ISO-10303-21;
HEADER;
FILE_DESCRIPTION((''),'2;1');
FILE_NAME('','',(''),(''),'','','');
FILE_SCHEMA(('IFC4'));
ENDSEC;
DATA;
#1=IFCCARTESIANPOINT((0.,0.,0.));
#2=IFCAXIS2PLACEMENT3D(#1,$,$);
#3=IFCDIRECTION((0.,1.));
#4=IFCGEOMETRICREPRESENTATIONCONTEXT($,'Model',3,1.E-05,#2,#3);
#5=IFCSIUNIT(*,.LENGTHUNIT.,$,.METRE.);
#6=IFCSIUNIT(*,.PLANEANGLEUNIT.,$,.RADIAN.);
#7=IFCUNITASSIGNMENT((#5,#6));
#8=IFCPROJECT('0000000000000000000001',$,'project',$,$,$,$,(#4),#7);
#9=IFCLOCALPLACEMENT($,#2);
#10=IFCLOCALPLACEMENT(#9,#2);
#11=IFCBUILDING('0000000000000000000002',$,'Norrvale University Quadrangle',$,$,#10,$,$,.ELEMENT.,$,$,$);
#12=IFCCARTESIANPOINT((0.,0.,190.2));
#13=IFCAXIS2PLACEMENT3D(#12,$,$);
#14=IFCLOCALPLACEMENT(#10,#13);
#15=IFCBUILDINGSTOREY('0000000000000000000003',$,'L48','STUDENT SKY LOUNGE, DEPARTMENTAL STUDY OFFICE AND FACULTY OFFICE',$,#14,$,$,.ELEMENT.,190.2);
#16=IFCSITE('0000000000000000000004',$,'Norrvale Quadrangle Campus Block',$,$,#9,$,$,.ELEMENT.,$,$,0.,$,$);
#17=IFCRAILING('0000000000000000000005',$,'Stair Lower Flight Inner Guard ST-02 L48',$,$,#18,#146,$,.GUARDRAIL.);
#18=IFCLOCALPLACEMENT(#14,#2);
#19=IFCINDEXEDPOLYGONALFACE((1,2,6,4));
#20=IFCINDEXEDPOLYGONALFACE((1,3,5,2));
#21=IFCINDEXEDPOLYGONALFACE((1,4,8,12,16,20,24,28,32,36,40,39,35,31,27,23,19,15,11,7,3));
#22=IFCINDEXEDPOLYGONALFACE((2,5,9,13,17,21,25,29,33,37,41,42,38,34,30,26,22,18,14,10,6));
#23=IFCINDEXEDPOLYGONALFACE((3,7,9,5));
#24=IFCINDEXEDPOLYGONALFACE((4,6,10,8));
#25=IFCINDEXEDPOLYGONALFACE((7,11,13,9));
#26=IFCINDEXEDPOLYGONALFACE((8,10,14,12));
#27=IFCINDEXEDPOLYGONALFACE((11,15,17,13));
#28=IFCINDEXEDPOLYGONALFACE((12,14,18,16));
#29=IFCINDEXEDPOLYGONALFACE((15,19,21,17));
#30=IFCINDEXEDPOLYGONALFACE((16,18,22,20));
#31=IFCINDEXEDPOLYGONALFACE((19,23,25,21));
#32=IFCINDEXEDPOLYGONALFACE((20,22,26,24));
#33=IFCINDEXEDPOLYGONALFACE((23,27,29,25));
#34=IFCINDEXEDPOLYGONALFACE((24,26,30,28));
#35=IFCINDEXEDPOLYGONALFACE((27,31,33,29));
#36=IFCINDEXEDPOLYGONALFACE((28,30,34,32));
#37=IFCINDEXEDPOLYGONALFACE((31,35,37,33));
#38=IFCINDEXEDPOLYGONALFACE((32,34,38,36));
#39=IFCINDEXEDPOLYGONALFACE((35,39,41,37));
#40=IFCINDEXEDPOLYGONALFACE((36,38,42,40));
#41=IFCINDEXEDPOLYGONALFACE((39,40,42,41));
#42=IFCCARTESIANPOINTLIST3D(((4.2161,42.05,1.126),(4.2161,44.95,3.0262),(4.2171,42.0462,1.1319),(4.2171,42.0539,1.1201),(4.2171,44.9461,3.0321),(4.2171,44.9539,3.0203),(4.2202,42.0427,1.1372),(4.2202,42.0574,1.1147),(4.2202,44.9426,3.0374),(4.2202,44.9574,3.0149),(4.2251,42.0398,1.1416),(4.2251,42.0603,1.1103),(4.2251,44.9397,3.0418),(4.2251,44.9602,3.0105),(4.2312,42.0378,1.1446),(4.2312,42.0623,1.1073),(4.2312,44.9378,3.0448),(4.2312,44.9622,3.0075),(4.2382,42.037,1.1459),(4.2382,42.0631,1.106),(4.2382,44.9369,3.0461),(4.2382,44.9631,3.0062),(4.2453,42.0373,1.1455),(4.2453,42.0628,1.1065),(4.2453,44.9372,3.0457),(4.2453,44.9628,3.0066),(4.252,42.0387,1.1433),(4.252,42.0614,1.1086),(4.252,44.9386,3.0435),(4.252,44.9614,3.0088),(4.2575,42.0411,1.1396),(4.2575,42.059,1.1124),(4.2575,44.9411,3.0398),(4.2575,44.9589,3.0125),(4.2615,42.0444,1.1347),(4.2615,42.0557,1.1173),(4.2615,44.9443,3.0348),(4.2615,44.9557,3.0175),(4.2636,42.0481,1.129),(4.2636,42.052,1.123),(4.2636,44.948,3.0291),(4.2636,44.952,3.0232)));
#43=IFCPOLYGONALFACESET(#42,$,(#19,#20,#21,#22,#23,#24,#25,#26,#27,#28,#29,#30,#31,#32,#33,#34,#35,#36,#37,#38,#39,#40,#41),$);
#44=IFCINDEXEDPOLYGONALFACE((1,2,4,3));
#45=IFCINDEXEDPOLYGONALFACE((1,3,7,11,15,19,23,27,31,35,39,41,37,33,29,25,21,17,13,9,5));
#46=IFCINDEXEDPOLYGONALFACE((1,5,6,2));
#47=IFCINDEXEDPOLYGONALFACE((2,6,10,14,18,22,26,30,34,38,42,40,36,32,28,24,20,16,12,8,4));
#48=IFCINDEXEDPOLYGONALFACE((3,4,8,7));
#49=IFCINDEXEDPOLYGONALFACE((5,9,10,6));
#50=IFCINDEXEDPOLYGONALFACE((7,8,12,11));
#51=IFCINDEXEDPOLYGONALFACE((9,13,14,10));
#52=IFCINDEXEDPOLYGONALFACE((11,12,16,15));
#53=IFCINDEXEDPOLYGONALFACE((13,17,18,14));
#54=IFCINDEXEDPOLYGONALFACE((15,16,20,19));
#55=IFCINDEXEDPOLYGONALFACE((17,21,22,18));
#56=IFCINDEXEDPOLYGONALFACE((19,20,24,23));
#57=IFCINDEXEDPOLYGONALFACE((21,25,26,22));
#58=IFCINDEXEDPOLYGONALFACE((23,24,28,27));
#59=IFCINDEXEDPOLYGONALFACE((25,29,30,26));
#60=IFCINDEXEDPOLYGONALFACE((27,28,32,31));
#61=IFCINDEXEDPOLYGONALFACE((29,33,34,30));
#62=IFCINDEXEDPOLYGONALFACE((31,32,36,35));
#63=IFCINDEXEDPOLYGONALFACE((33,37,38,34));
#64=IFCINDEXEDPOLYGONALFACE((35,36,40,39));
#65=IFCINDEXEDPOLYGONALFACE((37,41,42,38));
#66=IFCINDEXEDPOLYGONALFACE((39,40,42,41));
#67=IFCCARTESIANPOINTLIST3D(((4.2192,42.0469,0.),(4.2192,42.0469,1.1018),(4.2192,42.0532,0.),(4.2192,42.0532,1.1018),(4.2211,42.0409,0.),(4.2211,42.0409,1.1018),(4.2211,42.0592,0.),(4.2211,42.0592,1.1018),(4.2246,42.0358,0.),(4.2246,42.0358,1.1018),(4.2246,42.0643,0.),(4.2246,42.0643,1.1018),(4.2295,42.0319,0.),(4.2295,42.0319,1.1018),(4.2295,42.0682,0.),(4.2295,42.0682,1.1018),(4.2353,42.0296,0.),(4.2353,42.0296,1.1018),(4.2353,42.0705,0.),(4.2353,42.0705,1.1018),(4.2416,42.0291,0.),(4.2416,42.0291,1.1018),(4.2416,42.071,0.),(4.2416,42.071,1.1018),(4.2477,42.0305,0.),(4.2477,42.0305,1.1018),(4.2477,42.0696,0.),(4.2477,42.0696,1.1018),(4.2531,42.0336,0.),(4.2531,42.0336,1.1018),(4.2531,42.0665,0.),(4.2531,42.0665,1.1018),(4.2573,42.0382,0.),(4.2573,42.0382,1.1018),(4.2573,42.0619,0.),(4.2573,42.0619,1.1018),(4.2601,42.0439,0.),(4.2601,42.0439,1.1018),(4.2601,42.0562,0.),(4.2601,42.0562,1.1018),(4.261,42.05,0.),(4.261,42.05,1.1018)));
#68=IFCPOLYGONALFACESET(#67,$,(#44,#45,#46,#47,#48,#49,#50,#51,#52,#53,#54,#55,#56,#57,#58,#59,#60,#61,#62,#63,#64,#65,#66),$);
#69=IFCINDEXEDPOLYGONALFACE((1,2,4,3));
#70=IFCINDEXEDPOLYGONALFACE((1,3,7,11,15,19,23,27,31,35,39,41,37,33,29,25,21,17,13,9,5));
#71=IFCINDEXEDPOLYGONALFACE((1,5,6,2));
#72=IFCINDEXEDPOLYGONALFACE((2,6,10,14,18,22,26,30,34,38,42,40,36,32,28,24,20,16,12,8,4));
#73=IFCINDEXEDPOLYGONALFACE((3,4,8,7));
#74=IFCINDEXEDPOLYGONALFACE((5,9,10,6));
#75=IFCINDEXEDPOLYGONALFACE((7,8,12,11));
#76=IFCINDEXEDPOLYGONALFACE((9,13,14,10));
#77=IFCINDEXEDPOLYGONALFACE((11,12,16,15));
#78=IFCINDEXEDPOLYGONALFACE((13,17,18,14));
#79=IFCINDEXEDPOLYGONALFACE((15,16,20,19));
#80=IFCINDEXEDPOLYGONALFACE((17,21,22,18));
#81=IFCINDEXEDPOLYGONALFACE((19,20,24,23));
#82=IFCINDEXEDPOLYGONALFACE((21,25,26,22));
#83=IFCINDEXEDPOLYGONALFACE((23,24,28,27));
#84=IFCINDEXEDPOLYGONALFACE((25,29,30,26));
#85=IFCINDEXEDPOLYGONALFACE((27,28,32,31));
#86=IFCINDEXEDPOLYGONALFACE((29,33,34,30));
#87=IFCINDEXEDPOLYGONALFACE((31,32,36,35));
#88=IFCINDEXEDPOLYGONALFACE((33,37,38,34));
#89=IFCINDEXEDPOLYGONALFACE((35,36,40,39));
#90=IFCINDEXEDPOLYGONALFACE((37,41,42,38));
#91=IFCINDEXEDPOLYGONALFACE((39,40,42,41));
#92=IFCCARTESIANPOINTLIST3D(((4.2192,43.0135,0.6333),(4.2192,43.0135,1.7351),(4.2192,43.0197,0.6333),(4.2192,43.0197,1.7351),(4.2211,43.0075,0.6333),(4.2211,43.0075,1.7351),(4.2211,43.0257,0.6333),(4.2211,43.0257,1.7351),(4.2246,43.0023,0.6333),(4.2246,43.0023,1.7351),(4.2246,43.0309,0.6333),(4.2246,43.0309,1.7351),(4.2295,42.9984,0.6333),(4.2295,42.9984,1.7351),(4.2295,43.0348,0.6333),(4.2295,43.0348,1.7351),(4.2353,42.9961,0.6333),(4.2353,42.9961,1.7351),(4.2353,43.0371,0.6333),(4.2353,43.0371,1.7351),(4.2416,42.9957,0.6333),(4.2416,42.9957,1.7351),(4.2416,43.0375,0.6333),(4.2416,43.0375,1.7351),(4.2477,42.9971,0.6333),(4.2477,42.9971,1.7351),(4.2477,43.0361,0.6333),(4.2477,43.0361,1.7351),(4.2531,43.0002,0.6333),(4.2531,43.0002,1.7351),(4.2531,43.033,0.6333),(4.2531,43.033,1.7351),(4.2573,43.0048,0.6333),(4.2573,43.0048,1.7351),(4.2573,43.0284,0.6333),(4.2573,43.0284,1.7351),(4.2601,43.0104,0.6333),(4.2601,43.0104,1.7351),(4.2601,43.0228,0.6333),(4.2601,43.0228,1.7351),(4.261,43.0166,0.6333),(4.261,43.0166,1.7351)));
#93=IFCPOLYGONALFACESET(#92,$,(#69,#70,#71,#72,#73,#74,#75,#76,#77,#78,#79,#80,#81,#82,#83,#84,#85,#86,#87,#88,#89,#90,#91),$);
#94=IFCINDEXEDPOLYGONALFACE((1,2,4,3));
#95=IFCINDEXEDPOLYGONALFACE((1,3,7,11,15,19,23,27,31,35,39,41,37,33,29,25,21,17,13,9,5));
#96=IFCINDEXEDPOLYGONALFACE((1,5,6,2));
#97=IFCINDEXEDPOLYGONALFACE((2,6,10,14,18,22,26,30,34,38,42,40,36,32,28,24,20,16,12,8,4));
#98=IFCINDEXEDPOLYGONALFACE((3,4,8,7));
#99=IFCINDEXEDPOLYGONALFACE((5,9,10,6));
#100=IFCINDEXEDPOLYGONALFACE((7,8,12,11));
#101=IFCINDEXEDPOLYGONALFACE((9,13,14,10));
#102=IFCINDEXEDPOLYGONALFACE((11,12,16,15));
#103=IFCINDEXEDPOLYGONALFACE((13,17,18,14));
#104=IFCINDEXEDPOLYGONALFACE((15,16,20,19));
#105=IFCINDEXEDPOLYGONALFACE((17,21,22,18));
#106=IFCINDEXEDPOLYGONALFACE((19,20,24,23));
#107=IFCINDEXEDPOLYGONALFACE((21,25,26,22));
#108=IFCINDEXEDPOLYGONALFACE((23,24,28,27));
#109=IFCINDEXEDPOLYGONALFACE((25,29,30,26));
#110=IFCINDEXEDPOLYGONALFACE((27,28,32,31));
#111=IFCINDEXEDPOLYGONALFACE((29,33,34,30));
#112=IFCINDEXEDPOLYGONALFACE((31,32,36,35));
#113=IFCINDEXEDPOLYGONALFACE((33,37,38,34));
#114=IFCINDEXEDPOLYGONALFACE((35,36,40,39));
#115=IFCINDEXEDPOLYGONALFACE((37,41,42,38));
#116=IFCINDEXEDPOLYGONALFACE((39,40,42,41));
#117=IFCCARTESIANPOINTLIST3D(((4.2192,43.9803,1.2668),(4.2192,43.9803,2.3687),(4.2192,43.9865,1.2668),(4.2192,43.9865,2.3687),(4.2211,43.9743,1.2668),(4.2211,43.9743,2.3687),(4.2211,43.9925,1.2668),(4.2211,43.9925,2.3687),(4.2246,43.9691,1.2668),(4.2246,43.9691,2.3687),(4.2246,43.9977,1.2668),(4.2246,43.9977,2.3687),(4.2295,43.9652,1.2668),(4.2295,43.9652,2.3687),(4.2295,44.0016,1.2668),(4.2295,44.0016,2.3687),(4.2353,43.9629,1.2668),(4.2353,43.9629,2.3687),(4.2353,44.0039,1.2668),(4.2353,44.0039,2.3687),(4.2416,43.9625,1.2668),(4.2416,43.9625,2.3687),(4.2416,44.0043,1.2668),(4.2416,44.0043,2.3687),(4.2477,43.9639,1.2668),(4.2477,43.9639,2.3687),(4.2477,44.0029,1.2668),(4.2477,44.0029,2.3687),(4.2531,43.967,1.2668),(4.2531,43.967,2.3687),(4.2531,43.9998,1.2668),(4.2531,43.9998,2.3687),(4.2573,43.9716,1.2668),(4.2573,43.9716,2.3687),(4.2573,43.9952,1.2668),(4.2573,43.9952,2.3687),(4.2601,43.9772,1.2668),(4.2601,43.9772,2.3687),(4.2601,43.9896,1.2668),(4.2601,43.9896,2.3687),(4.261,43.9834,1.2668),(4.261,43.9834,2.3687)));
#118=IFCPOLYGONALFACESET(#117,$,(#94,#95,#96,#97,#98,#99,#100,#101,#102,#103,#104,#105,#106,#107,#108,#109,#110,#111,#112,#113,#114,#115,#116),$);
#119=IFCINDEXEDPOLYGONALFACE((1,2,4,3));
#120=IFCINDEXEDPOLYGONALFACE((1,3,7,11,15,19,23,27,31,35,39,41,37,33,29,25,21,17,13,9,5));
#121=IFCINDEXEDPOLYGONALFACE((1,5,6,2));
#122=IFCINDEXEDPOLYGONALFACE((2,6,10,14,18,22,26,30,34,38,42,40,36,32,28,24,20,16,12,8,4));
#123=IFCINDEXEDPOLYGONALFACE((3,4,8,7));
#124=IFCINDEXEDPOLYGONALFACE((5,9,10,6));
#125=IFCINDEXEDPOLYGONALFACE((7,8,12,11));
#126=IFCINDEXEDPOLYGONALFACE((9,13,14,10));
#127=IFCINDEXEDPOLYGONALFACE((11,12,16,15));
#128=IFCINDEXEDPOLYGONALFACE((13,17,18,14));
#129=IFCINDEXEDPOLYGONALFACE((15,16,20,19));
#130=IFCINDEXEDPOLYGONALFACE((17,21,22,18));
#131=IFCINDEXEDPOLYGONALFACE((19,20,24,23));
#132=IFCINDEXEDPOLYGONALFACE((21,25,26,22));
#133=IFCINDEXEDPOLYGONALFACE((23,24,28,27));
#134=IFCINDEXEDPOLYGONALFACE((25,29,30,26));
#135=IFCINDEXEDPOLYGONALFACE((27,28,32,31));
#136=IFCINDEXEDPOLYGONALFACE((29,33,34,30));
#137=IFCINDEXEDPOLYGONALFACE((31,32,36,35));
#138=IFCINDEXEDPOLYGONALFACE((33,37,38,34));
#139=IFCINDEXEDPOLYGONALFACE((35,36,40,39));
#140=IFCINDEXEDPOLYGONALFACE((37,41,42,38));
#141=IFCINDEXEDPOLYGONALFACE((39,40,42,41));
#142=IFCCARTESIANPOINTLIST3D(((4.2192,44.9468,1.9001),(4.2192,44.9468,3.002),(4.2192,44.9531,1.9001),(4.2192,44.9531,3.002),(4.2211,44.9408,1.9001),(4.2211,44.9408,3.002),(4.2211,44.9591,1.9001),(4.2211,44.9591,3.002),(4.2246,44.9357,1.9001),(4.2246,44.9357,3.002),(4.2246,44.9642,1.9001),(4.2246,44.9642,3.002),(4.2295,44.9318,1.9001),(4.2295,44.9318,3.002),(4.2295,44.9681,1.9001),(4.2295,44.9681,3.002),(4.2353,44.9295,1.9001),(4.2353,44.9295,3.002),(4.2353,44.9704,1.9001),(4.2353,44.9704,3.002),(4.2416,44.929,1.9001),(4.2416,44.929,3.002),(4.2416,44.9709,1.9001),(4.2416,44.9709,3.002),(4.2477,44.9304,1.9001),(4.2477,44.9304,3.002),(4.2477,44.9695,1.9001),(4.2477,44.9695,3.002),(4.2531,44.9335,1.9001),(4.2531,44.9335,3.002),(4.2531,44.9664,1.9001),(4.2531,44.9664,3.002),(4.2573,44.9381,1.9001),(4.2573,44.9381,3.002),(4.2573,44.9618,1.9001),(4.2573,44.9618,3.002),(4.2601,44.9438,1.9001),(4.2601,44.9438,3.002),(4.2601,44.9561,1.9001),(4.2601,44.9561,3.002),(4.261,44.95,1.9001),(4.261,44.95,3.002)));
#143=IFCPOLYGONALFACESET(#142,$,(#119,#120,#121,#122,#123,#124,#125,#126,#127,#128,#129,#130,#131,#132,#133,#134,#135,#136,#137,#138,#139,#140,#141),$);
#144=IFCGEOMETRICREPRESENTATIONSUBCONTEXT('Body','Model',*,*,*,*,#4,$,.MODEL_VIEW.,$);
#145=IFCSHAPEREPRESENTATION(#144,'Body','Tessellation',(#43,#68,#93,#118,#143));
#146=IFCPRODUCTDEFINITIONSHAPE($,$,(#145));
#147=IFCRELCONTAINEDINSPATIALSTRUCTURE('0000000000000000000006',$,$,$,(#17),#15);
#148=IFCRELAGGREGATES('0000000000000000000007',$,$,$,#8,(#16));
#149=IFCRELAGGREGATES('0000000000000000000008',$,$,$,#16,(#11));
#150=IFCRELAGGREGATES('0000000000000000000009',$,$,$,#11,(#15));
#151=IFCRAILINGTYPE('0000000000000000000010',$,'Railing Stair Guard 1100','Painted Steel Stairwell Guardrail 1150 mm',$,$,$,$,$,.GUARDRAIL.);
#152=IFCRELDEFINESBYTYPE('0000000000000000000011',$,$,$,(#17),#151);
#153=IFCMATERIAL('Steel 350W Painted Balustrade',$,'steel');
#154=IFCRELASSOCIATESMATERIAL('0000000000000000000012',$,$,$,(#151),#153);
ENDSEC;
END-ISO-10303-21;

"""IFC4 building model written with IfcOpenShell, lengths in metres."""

from ifc_helpers import new_model, si_unit, direction, frame, origin, origin_2d, place, context, subcontext, project, spatial, circle, extrude, material, type_object, element, save


model = new_model("IFC4")

# Units and contexts
model_context = context("Model", 3, precision=1e-05, world=origin(), true_north=direction((0.0, 1.0)))
body_context = subcontext(model_context, "Body", "Model", "MODEL_VIEW")
ifc_project = project(units=[si_unit("LENGTHUNIT", "METRE"), si_unit("PLANEANGLEUNIT", "RADIAN")], contexts=[model_context])

# Site, building, storey
site_placement = place(None, origin())
site = spatial("IfcSite", under=ifc_project, at=site_placement, Name="Norrvale Quadrangle Campus Block", CompositionType="ELEMENT", RefElevation=0.0)
building_placement = place(site_placement, origin())
building = spatial("IfcBuilding", under=site, at=building_placement, Name="Norrvale University Quadrangle", CompositionType="ELEMENT")
storey_placement = place(building_placement, frame((0.0, 0.0, 190.2)))
storey = spatial("IfcBuildingStorey", under=building, at=storey_placement, Name="L48", Description="STUDENT SKY LOUNGE, DEPARTMENTAL STUDY OFFICE AND FACULTY OFFICE", CompositionType="ELEMENT", Elevation=190.2)

# Railing
ifc_material_1 = material(Name="Steel 350W Painted Balustrade", Category="steel")
railing_type_1 = type_object("IfcRailingType", Name="Railing Stair Guard 1100", Description="Painted Steel Stairwell Guardrail 1150 mm", PredefinedType="GUARDRAIL", material=ifc_material_1)
railing_1_placement = place(storey_placement, frame((4.24, 42.05, 0.0)))
element("IfcRailing", 1, at=railing_1_placement, inside=storey, type_object=railing_type_1, Name="Stair Lower Flight Inner Guard ST-02 L48", PredefinedType="GUARDRAIL", context=body_context, shape_type="SweptSolid", body=[
    extrude(circle(Radius=0.0239, at=origin_2d()), frame((0.0, 0.0, 1.126), z_axis=(0.0, 0.836433, 0.548069), x_axis=(-1.0, 0.0, 0.0)), (0.0, 0.0, 1.0), 3.467),
    extrude(circle(Radius=0.021, at=origin_2d()), origin(), (0.0, 0.0, 1.0), 1.1018),
    extrude(circle(Radius=0.021, at=origin_2d()), frame((0.0, 0.9666, 0.6333)), (0.0, 0.0, 1.0), 1.1018),
    extrude(circle(Radius=0.021, at=origin_2d()), frame((0.0, 1.9333, 1.2668)), (0.0, 0.0, 1.0), 1.1018),
    extrude(circle(Radius=0.021, at=origin_2d()), frame((0.0, 2.8999, 1.9001)), (0.0, 0.0, 1.0), 1.1018),
])

save(model, "model.ifc")
